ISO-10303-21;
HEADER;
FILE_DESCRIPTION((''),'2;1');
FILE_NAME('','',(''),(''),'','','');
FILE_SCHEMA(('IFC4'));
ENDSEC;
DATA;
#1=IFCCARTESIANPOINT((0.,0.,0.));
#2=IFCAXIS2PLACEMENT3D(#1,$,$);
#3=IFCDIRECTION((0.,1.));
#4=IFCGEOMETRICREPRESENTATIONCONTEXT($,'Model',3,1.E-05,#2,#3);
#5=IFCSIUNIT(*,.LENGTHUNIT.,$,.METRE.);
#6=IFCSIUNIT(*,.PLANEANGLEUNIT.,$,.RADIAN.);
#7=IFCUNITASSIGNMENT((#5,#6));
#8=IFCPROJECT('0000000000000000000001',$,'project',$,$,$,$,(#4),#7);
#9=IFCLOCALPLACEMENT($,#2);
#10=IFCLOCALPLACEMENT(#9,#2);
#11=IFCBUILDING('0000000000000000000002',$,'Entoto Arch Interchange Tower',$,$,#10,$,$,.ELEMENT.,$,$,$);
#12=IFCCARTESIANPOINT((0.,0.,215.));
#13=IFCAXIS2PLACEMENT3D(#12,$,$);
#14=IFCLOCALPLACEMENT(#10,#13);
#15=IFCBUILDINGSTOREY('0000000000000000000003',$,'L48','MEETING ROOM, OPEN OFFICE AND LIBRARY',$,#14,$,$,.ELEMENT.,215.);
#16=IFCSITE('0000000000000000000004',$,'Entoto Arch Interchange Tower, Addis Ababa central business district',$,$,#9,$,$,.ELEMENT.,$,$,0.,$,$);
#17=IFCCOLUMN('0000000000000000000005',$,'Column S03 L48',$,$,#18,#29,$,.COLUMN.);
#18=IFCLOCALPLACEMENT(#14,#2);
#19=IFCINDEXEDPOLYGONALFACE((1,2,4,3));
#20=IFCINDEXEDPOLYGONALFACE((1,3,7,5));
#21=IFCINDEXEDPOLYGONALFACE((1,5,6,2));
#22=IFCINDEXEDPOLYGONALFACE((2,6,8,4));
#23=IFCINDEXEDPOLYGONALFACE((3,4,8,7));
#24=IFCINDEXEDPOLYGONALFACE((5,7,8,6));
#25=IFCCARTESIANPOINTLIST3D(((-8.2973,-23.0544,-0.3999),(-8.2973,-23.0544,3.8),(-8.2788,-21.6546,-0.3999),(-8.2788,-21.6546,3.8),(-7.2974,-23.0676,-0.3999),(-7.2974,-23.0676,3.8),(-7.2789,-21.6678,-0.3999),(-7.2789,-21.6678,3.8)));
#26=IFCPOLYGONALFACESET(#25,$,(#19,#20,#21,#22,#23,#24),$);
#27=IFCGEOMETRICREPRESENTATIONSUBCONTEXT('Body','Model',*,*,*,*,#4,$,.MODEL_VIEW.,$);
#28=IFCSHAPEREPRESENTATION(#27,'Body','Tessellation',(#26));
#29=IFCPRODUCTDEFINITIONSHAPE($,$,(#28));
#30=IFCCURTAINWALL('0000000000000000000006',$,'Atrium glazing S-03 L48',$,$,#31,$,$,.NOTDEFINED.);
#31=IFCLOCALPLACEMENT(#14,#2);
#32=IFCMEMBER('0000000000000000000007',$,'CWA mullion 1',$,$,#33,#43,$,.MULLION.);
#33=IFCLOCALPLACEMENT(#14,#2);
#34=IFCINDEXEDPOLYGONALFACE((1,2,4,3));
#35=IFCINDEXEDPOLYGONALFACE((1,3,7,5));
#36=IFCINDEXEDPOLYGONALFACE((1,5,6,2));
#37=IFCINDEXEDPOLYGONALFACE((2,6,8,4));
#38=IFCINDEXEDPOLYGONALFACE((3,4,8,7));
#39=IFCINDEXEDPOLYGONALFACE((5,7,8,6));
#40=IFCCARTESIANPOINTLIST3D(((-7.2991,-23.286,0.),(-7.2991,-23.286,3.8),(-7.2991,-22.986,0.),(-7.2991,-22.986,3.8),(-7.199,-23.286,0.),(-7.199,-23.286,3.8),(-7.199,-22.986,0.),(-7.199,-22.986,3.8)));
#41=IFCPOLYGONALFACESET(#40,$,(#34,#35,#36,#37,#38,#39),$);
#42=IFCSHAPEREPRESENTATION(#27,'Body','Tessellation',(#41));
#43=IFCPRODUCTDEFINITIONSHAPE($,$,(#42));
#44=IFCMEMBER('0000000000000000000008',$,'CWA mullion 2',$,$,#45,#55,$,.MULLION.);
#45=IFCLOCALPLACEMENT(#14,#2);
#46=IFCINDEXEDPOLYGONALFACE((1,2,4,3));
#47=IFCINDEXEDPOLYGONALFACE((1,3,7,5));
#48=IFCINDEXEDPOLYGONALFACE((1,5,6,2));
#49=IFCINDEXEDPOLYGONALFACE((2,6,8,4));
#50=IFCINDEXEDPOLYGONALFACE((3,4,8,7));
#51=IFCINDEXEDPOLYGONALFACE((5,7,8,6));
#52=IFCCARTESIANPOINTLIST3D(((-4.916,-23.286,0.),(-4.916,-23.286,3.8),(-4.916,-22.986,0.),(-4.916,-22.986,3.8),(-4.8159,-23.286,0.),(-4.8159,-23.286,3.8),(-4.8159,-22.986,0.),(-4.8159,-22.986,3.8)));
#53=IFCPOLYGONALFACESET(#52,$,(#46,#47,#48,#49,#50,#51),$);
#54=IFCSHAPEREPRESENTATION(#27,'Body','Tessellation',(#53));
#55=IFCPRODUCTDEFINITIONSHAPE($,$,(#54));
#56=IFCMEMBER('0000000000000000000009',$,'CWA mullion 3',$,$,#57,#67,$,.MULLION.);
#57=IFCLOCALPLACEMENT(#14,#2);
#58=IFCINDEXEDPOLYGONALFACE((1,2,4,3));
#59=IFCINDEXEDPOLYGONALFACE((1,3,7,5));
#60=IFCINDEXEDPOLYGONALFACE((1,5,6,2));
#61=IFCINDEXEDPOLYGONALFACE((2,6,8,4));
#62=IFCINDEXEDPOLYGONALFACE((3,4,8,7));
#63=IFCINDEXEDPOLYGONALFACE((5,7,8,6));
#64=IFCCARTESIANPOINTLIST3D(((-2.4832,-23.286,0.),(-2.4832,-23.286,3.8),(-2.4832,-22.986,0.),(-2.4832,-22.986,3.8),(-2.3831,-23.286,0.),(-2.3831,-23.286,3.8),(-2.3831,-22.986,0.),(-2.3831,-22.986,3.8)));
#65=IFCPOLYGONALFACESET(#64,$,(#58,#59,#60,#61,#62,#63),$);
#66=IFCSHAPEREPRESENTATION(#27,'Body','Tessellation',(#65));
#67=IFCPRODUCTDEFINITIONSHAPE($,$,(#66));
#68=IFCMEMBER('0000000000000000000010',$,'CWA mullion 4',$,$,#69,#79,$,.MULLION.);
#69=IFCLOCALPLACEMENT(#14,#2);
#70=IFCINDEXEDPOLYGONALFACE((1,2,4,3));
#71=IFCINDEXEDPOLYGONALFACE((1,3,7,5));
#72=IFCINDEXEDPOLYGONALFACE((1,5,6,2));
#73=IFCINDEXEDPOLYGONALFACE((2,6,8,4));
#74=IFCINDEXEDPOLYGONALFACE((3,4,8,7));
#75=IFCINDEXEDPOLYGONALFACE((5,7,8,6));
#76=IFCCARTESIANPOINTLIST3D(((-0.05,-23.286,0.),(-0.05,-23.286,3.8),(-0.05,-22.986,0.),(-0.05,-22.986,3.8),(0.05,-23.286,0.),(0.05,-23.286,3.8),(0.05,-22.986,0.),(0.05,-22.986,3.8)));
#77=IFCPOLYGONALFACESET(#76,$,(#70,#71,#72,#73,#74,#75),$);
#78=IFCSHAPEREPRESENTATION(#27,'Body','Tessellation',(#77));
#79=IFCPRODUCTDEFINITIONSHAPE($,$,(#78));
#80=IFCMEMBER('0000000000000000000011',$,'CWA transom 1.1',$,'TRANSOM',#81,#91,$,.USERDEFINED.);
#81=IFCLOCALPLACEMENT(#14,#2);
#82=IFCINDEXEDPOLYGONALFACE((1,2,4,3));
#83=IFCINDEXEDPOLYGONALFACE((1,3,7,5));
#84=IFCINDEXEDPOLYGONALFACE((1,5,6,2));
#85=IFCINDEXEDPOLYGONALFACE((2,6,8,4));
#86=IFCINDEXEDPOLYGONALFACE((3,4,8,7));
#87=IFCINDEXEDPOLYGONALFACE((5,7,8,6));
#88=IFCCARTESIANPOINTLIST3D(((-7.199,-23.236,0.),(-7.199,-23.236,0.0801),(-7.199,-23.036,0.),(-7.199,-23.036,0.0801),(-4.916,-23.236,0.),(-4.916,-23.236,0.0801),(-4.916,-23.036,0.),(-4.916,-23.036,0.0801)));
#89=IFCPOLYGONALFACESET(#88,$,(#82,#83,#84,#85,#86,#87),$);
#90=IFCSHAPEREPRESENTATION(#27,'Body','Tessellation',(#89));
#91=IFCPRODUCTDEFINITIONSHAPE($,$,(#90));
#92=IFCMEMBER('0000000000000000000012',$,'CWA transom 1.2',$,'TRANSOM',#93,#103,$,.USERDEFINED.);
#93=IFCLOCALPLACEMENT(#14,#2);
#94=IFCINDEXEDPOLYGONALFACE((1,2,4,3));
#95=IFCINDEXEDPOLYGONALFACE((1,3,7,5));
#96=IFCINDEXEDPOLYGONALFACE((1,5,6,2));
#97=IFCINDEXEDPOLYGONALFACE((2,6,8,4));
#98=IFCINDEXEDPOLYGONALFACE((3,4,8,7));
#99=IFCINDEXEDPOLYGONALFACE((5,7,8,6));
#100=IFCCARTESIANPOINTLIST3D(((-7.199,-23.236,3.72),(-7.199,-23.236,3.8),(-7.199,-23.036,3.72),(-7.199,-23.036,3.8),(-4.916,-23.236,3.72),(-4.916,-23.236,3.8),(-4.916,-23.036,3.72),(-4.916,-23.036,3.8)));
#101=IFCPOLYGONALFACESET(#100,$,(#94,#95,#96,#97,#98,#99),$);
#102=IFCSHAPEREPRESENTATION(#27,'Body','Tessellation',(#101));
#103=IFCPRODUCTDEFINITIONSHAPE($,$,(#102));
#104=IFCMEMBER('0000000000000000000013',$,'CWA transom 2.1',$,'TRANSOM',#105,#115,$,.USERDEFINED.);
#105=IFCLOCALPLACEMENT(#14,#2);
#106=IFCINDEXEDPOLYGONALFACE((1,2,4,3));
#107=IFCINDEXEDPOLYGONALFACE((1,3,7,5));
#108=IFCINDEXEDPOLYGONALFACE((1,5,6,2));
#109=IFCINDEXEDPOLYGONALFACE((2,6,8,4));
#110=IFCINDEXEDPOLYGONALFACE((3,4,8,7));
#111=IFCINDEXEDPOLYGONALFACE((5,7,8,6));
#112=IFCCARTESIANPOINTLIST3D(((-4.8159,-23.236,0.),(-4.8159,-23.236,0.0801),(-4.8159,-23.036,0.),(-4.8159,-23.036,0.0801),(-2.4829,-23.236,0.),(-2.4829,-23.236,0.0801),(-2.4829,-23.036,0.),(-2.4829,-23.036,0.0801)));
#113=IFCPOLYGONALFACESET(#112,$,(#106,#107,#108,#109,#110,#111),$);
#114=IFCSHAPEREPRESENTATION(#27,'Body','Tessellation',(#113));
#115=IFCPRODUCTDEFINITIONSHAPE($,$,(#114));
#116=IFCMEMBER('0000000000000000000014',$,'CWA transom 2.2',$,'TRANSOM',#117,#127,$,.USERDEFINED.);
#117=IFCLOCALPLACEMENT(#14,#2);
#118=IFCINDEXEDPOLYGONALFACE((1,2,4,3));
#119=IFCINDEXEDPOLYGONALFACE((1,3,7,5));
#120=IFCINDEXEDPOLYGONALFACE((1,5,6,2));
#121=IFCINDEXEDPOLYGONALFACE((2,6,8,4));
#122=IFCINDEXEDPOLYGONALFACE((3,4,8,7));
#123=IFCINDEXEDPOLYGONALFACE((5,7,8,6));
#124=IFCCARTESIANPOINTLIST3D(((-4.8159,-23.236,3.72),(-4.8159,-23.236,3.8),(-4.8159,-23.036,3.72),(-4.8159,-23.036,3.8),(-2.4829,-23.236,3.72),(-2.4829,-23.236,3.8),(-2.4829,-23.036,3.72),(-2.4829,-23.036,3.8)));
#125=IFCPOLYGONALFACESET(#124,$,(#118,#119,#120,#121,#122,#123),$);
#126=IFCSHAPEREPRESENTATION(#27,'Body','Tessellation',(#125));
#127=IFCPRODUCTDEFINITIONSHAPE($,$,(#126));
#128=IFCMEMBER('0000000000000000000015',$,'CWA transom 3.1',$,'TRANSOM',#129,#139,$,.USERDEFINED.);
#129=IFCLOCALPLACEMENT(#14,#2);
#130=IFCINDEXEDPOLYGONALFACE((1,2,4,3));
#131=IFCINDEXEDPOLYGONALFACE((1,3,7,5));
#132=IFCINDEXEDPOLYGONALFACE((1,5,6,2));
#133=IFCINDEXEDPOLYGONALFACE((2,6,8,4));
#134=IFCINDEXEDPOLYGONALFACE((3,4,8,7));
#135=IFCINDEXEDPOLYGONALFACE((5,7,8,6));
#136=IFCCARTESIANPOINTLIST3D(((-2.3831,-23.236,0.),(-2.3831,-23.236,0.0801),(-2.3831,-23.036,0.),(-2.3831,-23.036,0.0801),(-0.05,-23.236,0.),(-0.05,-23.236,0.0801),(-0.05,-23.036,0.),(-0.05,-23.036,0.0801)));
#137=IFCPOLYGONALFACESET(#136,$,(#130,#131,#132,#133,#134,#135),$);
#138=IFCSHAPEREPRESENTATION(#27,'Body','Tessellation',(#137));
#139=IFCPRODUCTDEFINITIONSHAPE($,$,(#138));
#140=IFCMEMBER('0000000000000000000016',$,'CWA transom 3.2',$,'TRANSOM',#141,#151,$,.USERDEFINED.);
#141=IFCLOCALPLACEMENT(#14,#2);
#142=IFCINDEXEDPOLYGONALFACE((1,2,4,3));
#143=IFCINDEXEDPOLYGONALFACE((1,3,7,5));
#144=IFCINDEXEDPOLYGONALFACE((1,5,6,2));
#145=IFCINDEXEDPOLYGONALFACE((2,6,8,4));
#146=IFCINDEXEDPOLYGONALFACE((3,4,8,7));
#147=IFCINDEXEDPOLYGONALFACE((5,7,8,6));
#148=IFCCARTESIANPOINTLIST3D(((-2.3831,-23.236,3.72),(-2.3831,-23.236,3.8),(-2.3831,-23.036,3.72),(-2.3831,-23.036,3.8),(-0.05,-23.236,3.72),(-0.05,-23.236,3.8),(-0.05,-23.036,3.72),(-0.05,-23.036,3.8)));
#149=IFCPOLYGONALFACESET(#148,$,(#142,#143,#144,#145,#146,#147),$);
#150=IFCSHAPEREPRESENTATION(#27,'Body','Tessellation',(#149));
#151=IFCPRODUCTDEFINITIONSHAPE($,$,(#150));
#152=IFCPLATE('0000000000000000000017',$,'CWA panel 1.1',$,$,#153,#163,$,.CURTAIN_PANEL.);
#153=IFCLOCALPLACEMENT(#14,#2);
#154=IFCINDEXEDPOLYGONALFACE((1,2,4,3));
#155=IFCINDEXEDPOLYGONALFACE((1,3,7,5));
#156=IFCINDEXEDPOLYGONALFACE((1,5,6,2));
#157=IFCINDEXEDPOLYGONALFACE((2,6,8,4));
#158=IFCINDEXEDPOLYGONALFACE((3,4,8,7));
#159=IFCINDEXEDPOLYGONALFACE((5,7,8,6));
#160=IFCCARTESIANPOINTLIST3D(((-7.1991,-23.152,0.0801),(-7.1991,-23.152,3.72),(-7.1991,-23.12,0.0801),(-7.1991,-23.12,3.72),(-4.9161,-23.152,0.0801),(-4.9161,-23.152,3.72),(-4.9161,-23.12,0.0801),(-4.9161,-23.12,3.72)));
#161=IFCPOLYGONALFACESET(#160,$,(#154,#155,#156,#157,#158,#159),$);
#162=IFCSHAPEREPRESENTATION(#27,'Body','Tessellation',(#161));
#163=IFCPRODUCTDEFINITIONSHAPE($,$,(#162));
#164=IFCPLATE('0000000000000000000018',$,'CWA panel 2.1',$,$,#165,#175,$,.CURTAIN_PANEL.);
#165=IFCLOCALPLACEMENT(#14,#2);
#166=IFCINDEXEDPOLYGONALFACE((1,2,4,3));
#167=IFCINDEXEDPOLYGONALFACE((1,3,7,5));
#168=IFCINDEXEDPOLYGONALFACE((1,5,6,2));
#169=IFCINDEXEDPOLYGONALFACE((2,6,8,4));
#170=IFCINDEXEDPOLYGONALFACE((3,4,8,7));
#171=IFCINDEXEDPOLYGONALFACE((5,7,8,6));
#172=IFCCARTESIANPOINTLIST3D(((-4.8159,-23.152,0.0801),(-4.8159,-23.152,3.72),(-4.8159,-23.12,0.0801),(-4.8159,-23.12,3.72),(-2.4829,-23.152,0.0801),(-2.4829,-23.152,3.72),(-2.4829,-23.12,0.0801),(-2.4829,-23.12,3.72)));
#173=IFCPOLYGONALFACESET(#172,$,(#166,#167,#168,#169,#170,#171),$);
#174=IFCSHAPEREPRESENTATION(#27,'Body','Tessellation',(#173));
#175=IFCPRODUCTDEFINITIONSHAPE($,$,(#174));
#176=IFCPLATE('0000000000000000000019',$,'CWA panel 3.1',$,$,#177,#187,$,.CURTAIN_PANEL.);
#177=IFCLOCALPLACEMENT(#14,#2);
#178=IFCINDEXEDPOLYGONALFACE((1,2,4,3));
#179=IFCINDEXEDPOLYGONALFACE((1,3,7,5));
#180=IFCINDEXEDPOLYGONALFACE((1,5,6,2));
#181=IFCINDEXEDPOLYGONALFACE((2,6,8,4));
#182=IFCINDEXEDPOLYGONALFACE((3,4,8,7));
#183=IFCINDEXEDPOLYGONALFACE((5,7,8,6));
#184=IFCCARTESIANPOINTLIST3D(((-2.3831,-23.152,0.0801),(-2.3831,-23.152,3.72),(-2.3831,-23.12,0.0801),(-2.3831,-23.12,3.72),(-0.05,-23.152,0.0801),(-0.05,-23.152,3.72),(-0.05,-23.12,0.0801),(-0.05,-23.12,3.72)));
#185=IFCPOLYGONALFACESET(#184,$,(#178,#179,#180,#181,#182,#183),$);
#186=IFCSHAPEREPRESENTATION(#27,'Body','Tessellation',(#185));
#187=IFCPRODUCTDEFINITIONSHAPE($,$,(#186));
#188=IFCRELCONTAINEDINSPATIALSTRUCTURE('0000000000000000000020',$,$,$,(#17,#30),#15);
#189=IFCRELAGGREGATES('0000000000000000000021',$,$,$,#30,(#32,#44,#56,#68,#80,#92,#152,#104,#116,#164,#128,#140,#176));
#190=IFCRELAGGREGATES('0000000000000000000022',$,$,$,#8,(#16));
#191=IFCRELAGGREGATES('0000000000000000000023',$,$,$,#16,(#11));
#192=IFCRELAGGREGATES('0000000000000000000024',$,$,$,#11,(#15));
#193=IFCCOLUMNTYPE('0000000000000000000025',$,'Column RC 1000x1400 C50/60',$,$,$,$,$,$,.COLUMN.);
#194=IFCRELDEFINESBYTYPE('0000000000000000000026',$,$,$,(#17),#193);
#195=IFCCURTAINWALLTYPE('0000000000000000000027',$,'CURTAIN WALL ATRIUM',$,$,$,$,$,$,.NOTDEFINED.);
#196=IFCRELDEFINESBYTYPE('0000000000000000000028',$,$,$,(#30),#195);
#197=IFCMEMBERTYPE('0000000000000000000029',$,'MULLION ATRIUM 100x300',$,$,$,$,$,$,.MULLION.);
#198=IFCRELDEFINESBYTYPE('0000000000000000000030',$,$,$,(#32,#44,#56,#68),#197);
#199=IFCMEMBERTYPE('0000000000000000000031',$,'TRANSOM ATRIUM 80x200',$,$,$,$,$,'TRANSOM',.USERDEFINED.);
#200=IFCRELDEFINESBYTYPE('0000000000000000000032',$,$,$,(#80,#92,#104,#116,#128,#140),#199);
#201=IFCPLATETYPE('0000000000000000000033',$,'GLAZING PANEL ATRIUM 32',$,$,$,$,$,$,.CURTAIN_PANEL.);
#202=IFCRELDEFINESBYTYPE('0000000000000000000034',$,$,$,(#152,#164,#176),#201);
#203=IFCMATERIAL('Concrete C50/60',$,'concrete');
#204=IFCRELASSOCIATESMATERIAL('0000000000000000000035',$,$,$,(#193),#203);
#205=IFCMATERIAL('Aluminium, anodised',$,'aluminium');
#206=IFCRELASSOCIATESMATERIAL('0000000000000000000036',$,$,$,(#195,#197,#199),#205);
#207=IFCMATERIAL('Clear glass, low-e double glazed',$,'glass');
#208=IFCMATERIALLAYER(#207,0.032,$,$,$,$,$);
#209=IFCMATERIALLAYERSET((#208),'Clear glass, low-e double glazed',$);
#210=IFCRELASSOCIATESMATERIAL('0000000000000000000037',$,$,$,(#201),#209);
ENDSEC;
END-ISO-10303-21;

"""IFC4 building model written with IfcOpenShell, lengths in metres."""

from ifc_helpers import new_model, si_unit, direction, frame, origin, origin_2d, place, context, subcontext, project, spatial, rectangle, extrude, material, layer, layer_set, material_profile, profile_set, type_object, element, aggregate, save


model = new_model("IFC4")

# Units and contexts
model_context = context("Model", 3, precision=1e-05, world=origin(), true_north=direction((0.0, 1.0)))
body_context = subcontext(model_context, "Body", "Model", "MODEL_VIEW")
ifc_project = project(units=[si_unit("LENGTHUNIT", "METRE"), si_unit("PLANEANGLEUNIT", "RADIAN")], contexts=[model_context])

# Site, building, storey
site_placement = place(None, origin())
site = spatial("IfcSite", under=ifc_project, at=site_placement, Name="Entoto Arch Interchange Tower, Addis Ababa central business district", CompositionType="ELEMENT", RefElevation=0.0)
building_placement = place(site_placement, origin())
building = spatial("IfcBuilding", under=site, at=building_placement, Name="Entoto Arch Interchange Tower", CompositionType="ELEMENT")
storey_placement = place(building_placement, frame((0.0, 0.0, 215.0)))
storey = spatial("IfcBuildingStorey", under=building, at=storey_placement, Name="L48", Description="MEETING ROOM, OPEN OFFICE AND LIBRARY", CompositionType="ELEMENT", Elevation=215.0)

# Column
ifc_material_1 = material(Name="Concrete C50/60", Category="concrete")
ifc_material_profile_1 = material_profile(ifc_material_1, rectangle(XDim=1.0, YDim=1.3999, at=origin_2d()))
ifc_profile_set_1 = profile_set([ifc_material_profile_1], Name="Concrete C50/60")
column_type = type_object("IfcColumnType", Name="Column RC 1000x1400 C50/60", PredefinedType="COLUMN", material=ifc_profile_set_1)
column_placement = place(storey_placement, frame((-7.7881, -22.3611, -0.3999), z_axis=(0.0, 0.0, 1.0), x_axis=(-0.999913, 0.013177, 0.0)))
element("IfcColumn", 1, at=column_placement, inside=storey, type_object=column_type, Name="Column S03 L48", PredefinedType="COLUMN", context=body_context, shape_type="SweptSolid", body=[
    extrude(rectangle(XDim=1.0, YDim=1.3999, at=origin_2d()), origin(), (0.0, 0.0, 1.0), 4.2),
])

# Curtain wall, members, plates
ifc_material_2 = material(Name="Aluminium, anodised", Category="aluminium")
curtain_wall_type = type_object("IfcCurtainWallType", Name="CURTAIN WALL ATRIUM", PredefinedType="NOTDEFINED", material=ifc_material_2)
curtain_wall_placement = place(storey_placement, origin())
curtain_wall = element("IfcCurtainWall", 2, at=curtain_wall_placement, inside=storey, type_object=curtain_wall_type, Name="Atrium glazing S-03 L48", PredefinedType="NOTDEFINED")
ifc_material_profile_2 = material_profile(ifc_material_2, rectangle(XDim=0.3, YDim=0.1001, at=origin_2d()))
ifc_profile_set_2 = profile_set([ifc_material_profile_2], Name="Aluminium, anodised")
member_type_1 = type_object("IfcMemberType", Name="MULLION ATRIUM 100x300", PredefinedType="MULLION", material=ifc_profile_set_2)
member_1_placement = place(storey_placement, frame((-7.249, -23.136, 0.0), z_axis=(0.0, 0.0, 1.0), x_axis=(0.0, 1.0, 0.0)))
member_1 = element("IfcMember", 3, at=member_1_placement, type_object=member_type_1, Name="CWA mullion 1", PredefinedType="MULLION", context=body_context, shape_type="SweptSolid", body=[
    extrude(rectangle(XDim=0.3, YDim=0.1001, at=origin_2d()), origin(), (0.0, 0.0, 1.0), 3.8),
])
member_2_placement = place(storey_placement, frame((-4.866, -23.136, 0.0), z_axis=(0.0, 0.0, 1.0), x_axis=(0.0, 1.0, 0.0)))
member_2 = element("IfcMember", 4, at=member_2_placement, type_object=member_type_1, Name="CWA mullion 2", PredefinedType="MULLION", context=body_context, shape_type="SweptSolid", body=[
    extrude(rectangle(XDim=0.3, YDim=0.1001, at=origin_2d()), origin(), (0.0, 0.0, 1.0), 3.8),
])
member_3_placement = place(storey_placement, frame((-2.4331, -23.136, 0.0), z_axis=(0.0, 0.0, 1.0), x_axis=(0.0, 1.0, 0.0)))
member_3 = element("IfcMember", 5, at=member_3_placement, type_object=member_type_1, Name="CWA mullion 3", PredefinedType="MULLION", context=body_context, shape_type="SweptSolid", body=[
    extrude(rectangle(XDim=0.3, YDim=0.1001, at=origin_2d()), origin(), (0.0, 0.0, 1.0), 3.8),
])
member_4_placement = place(storey_placement, frame((0.0, -23.136, 0.0), z_axis=(0.0, 0.0, 1.0), x_axis=(0.0, 1.0, 0.0)))
member_4 = element("IfcMember", 6, at=member_4_placement, type_object=member_type_1, Name="CWA mullion 4", PredefinedType="MULLION", context=body_context, shape_type="SweptSolid", body=[
    extrude(rectangle(XDim=0.3, YDim=0.1001, at=origin_2d()), origin(), (0.0, 0.0, 1.0), 3.8),
])
ifc_material_profile_3 = material_profile(ifc_material_2, rectangle(XDim=0.2, YDim=0.0801, at=origin_2d()))
ifc_profile_set_3 = profile_set([ifc_material_profile_3], Name="Aluminium, anodised")
member_type_2 = type_object("IfcMemberType", Name="TRANSOM ATRIUM 80x200", ElementType="TRANSOM", PredefinedType="USERDEFINED", material=ifc_profile_set_3)
member_5_placement = place(storey_placement, frame((-7.199, -23.136, 0.04), z_axis=(1.0, 0.0, 0.0), x_axis=(0.0, 1.0, 0.0)))
member_5 = element("IfcMember", 7, at=member_5_placement, type_object=member_type_2, Name="CWA transom 1.1", ObjectType="TRANSOM", PredefinedType="USERDEFINED", context=body_context, shape_type="SweptSolid", body=[
    extrude(rectangle(XDim=0.2, YDim=0.0801, at=origin_2d()), origin(), (0.0, 0.0, 1.0), 2.283),
])
member_6_placement = place(storey_placement, frame((-7.199, -23.136, 3.76), z_axis=(1.0, 0.0, 0.0), x_axis=(0.0, 1.0, 0.0)))
member_6 = element("IfcMember", 8, at=member_6_placement, type_object=member_type_2, Name="CWA transom 1.2", ObjectType="TRANSOM", PredefinedType="USERDEFINED", context=body_context, shape_type="SweptSolid", body=[
    extrude(rectangle(XDim=0.2, YDim=0.0801, at=origin_2d()), origin(), (0.0, 0.0, 1.0), 2.283),
])
member_7_placement = place(storey_placement, frame((-4.8159, -23.136, 0.04), z_axis=(1.0, 0.0, 0.0), x_axis=(0.0, 1.0, 0.0)))
member_7 = element("IfcMember", 9, at=member_7_placement, type_object=member_type_2, Name="CWA transom 2.1", ObjectType="TRANSOM", PredefinedType="USERDEFINED", context=body_context, shape_type="SweptSolid", body=[
    extrude(rectangle(XDim=0.2, YDim=0.0801, at=origin_2d()), origin(), (0.0, 0.0, 1.0), 2.333),
])
member_8_placement = place(storey_placement, frame((-4.8159, -23.136, 3.76), z_axis=(1.0, 0.0, 0.0), x_axis=(0.0, 1.0, 0.0)))
member_8 = element("IfcMember", 10, at=member_8_placement, type_object=member_type_2, Name="CWA transom 2.2", ObjectType="TRANSOM", PredefinedType="USERDEFINED", context=body_context, shape_type="SweptSolid", body=[
    extrude(rectangle(XDim=0.2, YDim=0.0801, at=origin_2d()), origin(), (0.0, 0.0, 1.0), 2.333),
])
member_9_placement = place(storey_placement, frame((-2.3831, -23.136, 0.04), z_axis=(1.0, 0.0, 0.0), x_axis=(0.0, 1.0, 0.0)))
member_9 = element("IfcMember", 11, at=member_9_placement, type_object=member_type_2, Name="CWA transom 3.1", ObjectType="TRANSOM", PredefinedType="USERDEFINED", context=body_context, shape_type="SweptSolid", body=[
    extrude(rectangle(XDim=0.2, YDim=0.0801, at=origin_2d()), origin(), (0.0, 0.0, 1.0), 2.333),
])
member_10_placement = place(storey_placement, frame((-2.3831, -23.136, 3.76), z_axis=(1.0, 0.0, 0.0), x_axis=(0.0, 1.0, 0.0)))
member_10 = element("IfcMember", 12, at=member_10_placement, type_object=member_type_2, Name="CWA transom 3.2", ObjectType="TRANSOM", PredefinedType="USERDEFINED", context=body_context, shape_type="SweptSolid", body=[
    extrude(rectangle(XDim=0.2, YDim=0.0801, at=origin_2d()), origin(), (0.0, 0.0, 1.0), 2.333),
])
ifc_material_3 = material(Name="Clear glass, low-e double glazed", Category="glass")
ifc_layer_1 = layer(ifc_material_3, 0.032)
ifc_layer_set_1 = layer_set([ifc_layer_1], Name="Clear glass, low-e double glazed")
plate_type = type_object("IfcPlateType", Name="GLAZING PANEL ATRIUM 32", PredefinedType="CURTAIN_PANEL", material=ifc_layer_set_1)
plate_1_placement = place(storey_placement, frame((-6.0576, -23.136, 0.0801), z_axis=(0.0, 0.0, 1.0), x_axis=(1.0, 0.0, 0.0)))
plate_1 = element("IfcPlate", 13, at=plate_1_placement, type_object=plate_type, Name="CWA panel 1.1", PredefinedType="CURTAIN_PANEL", context=body_context, shape_type="SweptSolid", body=[
    extrude(rectangle(XDim=2.283, YDim=0.032, at=origin_2d()), origin(), (0.0, 0.0, 1.0), 3.6399),
])
plate_2_placement = place(storey_placement, frame((-3.6494, -23.136, 0.0801), z_axis=(0.0, 0.0, 1.0), x_axis=(1.0, 0.0, 0.0)))
plate_2 = element("IfcPlate", 14, at=plate_2_placement, type_object=plate_type, Name="CWA panel 2.1", PredefinedType="CURTAIN_PANEL", context=body_context, shape_type="SweptSolid", body=[
    extrude(rectangle(XDim=2.333, YDim=0.032, at=origin_2d()), origin(), (0.0, 0.0, 1.0), 3.6399),
])
plate_3_placement = place(storey_placement, frame((-1.2166, -23.136, 0.0801), z_axis=(0.0, 0.0, 1.0), x_axis=(1.0, 0.0, 0.0)))
plate_3 = element("IfcPlate", 15, at=plate_3_placement, type_object=plate_type, Name="CWA panel 3.1", PredefinedType="CURTAIN_PANEL", context=body_context, shape_type="SweptSolid", body=[
    extrude(rectangle(XDim=2.333, YDim=0.032, at=origin_2d()), origin(), (0.0, 0.0, 1.0), 3.6399),
])
aggregate(curtain_wall, [member_1, member_2, member_3, member_4, member_5, member_6, plate_1, member_7, member_8, plate_2, member_9, member_10, plate_3])

save(model, "model.ifc")
